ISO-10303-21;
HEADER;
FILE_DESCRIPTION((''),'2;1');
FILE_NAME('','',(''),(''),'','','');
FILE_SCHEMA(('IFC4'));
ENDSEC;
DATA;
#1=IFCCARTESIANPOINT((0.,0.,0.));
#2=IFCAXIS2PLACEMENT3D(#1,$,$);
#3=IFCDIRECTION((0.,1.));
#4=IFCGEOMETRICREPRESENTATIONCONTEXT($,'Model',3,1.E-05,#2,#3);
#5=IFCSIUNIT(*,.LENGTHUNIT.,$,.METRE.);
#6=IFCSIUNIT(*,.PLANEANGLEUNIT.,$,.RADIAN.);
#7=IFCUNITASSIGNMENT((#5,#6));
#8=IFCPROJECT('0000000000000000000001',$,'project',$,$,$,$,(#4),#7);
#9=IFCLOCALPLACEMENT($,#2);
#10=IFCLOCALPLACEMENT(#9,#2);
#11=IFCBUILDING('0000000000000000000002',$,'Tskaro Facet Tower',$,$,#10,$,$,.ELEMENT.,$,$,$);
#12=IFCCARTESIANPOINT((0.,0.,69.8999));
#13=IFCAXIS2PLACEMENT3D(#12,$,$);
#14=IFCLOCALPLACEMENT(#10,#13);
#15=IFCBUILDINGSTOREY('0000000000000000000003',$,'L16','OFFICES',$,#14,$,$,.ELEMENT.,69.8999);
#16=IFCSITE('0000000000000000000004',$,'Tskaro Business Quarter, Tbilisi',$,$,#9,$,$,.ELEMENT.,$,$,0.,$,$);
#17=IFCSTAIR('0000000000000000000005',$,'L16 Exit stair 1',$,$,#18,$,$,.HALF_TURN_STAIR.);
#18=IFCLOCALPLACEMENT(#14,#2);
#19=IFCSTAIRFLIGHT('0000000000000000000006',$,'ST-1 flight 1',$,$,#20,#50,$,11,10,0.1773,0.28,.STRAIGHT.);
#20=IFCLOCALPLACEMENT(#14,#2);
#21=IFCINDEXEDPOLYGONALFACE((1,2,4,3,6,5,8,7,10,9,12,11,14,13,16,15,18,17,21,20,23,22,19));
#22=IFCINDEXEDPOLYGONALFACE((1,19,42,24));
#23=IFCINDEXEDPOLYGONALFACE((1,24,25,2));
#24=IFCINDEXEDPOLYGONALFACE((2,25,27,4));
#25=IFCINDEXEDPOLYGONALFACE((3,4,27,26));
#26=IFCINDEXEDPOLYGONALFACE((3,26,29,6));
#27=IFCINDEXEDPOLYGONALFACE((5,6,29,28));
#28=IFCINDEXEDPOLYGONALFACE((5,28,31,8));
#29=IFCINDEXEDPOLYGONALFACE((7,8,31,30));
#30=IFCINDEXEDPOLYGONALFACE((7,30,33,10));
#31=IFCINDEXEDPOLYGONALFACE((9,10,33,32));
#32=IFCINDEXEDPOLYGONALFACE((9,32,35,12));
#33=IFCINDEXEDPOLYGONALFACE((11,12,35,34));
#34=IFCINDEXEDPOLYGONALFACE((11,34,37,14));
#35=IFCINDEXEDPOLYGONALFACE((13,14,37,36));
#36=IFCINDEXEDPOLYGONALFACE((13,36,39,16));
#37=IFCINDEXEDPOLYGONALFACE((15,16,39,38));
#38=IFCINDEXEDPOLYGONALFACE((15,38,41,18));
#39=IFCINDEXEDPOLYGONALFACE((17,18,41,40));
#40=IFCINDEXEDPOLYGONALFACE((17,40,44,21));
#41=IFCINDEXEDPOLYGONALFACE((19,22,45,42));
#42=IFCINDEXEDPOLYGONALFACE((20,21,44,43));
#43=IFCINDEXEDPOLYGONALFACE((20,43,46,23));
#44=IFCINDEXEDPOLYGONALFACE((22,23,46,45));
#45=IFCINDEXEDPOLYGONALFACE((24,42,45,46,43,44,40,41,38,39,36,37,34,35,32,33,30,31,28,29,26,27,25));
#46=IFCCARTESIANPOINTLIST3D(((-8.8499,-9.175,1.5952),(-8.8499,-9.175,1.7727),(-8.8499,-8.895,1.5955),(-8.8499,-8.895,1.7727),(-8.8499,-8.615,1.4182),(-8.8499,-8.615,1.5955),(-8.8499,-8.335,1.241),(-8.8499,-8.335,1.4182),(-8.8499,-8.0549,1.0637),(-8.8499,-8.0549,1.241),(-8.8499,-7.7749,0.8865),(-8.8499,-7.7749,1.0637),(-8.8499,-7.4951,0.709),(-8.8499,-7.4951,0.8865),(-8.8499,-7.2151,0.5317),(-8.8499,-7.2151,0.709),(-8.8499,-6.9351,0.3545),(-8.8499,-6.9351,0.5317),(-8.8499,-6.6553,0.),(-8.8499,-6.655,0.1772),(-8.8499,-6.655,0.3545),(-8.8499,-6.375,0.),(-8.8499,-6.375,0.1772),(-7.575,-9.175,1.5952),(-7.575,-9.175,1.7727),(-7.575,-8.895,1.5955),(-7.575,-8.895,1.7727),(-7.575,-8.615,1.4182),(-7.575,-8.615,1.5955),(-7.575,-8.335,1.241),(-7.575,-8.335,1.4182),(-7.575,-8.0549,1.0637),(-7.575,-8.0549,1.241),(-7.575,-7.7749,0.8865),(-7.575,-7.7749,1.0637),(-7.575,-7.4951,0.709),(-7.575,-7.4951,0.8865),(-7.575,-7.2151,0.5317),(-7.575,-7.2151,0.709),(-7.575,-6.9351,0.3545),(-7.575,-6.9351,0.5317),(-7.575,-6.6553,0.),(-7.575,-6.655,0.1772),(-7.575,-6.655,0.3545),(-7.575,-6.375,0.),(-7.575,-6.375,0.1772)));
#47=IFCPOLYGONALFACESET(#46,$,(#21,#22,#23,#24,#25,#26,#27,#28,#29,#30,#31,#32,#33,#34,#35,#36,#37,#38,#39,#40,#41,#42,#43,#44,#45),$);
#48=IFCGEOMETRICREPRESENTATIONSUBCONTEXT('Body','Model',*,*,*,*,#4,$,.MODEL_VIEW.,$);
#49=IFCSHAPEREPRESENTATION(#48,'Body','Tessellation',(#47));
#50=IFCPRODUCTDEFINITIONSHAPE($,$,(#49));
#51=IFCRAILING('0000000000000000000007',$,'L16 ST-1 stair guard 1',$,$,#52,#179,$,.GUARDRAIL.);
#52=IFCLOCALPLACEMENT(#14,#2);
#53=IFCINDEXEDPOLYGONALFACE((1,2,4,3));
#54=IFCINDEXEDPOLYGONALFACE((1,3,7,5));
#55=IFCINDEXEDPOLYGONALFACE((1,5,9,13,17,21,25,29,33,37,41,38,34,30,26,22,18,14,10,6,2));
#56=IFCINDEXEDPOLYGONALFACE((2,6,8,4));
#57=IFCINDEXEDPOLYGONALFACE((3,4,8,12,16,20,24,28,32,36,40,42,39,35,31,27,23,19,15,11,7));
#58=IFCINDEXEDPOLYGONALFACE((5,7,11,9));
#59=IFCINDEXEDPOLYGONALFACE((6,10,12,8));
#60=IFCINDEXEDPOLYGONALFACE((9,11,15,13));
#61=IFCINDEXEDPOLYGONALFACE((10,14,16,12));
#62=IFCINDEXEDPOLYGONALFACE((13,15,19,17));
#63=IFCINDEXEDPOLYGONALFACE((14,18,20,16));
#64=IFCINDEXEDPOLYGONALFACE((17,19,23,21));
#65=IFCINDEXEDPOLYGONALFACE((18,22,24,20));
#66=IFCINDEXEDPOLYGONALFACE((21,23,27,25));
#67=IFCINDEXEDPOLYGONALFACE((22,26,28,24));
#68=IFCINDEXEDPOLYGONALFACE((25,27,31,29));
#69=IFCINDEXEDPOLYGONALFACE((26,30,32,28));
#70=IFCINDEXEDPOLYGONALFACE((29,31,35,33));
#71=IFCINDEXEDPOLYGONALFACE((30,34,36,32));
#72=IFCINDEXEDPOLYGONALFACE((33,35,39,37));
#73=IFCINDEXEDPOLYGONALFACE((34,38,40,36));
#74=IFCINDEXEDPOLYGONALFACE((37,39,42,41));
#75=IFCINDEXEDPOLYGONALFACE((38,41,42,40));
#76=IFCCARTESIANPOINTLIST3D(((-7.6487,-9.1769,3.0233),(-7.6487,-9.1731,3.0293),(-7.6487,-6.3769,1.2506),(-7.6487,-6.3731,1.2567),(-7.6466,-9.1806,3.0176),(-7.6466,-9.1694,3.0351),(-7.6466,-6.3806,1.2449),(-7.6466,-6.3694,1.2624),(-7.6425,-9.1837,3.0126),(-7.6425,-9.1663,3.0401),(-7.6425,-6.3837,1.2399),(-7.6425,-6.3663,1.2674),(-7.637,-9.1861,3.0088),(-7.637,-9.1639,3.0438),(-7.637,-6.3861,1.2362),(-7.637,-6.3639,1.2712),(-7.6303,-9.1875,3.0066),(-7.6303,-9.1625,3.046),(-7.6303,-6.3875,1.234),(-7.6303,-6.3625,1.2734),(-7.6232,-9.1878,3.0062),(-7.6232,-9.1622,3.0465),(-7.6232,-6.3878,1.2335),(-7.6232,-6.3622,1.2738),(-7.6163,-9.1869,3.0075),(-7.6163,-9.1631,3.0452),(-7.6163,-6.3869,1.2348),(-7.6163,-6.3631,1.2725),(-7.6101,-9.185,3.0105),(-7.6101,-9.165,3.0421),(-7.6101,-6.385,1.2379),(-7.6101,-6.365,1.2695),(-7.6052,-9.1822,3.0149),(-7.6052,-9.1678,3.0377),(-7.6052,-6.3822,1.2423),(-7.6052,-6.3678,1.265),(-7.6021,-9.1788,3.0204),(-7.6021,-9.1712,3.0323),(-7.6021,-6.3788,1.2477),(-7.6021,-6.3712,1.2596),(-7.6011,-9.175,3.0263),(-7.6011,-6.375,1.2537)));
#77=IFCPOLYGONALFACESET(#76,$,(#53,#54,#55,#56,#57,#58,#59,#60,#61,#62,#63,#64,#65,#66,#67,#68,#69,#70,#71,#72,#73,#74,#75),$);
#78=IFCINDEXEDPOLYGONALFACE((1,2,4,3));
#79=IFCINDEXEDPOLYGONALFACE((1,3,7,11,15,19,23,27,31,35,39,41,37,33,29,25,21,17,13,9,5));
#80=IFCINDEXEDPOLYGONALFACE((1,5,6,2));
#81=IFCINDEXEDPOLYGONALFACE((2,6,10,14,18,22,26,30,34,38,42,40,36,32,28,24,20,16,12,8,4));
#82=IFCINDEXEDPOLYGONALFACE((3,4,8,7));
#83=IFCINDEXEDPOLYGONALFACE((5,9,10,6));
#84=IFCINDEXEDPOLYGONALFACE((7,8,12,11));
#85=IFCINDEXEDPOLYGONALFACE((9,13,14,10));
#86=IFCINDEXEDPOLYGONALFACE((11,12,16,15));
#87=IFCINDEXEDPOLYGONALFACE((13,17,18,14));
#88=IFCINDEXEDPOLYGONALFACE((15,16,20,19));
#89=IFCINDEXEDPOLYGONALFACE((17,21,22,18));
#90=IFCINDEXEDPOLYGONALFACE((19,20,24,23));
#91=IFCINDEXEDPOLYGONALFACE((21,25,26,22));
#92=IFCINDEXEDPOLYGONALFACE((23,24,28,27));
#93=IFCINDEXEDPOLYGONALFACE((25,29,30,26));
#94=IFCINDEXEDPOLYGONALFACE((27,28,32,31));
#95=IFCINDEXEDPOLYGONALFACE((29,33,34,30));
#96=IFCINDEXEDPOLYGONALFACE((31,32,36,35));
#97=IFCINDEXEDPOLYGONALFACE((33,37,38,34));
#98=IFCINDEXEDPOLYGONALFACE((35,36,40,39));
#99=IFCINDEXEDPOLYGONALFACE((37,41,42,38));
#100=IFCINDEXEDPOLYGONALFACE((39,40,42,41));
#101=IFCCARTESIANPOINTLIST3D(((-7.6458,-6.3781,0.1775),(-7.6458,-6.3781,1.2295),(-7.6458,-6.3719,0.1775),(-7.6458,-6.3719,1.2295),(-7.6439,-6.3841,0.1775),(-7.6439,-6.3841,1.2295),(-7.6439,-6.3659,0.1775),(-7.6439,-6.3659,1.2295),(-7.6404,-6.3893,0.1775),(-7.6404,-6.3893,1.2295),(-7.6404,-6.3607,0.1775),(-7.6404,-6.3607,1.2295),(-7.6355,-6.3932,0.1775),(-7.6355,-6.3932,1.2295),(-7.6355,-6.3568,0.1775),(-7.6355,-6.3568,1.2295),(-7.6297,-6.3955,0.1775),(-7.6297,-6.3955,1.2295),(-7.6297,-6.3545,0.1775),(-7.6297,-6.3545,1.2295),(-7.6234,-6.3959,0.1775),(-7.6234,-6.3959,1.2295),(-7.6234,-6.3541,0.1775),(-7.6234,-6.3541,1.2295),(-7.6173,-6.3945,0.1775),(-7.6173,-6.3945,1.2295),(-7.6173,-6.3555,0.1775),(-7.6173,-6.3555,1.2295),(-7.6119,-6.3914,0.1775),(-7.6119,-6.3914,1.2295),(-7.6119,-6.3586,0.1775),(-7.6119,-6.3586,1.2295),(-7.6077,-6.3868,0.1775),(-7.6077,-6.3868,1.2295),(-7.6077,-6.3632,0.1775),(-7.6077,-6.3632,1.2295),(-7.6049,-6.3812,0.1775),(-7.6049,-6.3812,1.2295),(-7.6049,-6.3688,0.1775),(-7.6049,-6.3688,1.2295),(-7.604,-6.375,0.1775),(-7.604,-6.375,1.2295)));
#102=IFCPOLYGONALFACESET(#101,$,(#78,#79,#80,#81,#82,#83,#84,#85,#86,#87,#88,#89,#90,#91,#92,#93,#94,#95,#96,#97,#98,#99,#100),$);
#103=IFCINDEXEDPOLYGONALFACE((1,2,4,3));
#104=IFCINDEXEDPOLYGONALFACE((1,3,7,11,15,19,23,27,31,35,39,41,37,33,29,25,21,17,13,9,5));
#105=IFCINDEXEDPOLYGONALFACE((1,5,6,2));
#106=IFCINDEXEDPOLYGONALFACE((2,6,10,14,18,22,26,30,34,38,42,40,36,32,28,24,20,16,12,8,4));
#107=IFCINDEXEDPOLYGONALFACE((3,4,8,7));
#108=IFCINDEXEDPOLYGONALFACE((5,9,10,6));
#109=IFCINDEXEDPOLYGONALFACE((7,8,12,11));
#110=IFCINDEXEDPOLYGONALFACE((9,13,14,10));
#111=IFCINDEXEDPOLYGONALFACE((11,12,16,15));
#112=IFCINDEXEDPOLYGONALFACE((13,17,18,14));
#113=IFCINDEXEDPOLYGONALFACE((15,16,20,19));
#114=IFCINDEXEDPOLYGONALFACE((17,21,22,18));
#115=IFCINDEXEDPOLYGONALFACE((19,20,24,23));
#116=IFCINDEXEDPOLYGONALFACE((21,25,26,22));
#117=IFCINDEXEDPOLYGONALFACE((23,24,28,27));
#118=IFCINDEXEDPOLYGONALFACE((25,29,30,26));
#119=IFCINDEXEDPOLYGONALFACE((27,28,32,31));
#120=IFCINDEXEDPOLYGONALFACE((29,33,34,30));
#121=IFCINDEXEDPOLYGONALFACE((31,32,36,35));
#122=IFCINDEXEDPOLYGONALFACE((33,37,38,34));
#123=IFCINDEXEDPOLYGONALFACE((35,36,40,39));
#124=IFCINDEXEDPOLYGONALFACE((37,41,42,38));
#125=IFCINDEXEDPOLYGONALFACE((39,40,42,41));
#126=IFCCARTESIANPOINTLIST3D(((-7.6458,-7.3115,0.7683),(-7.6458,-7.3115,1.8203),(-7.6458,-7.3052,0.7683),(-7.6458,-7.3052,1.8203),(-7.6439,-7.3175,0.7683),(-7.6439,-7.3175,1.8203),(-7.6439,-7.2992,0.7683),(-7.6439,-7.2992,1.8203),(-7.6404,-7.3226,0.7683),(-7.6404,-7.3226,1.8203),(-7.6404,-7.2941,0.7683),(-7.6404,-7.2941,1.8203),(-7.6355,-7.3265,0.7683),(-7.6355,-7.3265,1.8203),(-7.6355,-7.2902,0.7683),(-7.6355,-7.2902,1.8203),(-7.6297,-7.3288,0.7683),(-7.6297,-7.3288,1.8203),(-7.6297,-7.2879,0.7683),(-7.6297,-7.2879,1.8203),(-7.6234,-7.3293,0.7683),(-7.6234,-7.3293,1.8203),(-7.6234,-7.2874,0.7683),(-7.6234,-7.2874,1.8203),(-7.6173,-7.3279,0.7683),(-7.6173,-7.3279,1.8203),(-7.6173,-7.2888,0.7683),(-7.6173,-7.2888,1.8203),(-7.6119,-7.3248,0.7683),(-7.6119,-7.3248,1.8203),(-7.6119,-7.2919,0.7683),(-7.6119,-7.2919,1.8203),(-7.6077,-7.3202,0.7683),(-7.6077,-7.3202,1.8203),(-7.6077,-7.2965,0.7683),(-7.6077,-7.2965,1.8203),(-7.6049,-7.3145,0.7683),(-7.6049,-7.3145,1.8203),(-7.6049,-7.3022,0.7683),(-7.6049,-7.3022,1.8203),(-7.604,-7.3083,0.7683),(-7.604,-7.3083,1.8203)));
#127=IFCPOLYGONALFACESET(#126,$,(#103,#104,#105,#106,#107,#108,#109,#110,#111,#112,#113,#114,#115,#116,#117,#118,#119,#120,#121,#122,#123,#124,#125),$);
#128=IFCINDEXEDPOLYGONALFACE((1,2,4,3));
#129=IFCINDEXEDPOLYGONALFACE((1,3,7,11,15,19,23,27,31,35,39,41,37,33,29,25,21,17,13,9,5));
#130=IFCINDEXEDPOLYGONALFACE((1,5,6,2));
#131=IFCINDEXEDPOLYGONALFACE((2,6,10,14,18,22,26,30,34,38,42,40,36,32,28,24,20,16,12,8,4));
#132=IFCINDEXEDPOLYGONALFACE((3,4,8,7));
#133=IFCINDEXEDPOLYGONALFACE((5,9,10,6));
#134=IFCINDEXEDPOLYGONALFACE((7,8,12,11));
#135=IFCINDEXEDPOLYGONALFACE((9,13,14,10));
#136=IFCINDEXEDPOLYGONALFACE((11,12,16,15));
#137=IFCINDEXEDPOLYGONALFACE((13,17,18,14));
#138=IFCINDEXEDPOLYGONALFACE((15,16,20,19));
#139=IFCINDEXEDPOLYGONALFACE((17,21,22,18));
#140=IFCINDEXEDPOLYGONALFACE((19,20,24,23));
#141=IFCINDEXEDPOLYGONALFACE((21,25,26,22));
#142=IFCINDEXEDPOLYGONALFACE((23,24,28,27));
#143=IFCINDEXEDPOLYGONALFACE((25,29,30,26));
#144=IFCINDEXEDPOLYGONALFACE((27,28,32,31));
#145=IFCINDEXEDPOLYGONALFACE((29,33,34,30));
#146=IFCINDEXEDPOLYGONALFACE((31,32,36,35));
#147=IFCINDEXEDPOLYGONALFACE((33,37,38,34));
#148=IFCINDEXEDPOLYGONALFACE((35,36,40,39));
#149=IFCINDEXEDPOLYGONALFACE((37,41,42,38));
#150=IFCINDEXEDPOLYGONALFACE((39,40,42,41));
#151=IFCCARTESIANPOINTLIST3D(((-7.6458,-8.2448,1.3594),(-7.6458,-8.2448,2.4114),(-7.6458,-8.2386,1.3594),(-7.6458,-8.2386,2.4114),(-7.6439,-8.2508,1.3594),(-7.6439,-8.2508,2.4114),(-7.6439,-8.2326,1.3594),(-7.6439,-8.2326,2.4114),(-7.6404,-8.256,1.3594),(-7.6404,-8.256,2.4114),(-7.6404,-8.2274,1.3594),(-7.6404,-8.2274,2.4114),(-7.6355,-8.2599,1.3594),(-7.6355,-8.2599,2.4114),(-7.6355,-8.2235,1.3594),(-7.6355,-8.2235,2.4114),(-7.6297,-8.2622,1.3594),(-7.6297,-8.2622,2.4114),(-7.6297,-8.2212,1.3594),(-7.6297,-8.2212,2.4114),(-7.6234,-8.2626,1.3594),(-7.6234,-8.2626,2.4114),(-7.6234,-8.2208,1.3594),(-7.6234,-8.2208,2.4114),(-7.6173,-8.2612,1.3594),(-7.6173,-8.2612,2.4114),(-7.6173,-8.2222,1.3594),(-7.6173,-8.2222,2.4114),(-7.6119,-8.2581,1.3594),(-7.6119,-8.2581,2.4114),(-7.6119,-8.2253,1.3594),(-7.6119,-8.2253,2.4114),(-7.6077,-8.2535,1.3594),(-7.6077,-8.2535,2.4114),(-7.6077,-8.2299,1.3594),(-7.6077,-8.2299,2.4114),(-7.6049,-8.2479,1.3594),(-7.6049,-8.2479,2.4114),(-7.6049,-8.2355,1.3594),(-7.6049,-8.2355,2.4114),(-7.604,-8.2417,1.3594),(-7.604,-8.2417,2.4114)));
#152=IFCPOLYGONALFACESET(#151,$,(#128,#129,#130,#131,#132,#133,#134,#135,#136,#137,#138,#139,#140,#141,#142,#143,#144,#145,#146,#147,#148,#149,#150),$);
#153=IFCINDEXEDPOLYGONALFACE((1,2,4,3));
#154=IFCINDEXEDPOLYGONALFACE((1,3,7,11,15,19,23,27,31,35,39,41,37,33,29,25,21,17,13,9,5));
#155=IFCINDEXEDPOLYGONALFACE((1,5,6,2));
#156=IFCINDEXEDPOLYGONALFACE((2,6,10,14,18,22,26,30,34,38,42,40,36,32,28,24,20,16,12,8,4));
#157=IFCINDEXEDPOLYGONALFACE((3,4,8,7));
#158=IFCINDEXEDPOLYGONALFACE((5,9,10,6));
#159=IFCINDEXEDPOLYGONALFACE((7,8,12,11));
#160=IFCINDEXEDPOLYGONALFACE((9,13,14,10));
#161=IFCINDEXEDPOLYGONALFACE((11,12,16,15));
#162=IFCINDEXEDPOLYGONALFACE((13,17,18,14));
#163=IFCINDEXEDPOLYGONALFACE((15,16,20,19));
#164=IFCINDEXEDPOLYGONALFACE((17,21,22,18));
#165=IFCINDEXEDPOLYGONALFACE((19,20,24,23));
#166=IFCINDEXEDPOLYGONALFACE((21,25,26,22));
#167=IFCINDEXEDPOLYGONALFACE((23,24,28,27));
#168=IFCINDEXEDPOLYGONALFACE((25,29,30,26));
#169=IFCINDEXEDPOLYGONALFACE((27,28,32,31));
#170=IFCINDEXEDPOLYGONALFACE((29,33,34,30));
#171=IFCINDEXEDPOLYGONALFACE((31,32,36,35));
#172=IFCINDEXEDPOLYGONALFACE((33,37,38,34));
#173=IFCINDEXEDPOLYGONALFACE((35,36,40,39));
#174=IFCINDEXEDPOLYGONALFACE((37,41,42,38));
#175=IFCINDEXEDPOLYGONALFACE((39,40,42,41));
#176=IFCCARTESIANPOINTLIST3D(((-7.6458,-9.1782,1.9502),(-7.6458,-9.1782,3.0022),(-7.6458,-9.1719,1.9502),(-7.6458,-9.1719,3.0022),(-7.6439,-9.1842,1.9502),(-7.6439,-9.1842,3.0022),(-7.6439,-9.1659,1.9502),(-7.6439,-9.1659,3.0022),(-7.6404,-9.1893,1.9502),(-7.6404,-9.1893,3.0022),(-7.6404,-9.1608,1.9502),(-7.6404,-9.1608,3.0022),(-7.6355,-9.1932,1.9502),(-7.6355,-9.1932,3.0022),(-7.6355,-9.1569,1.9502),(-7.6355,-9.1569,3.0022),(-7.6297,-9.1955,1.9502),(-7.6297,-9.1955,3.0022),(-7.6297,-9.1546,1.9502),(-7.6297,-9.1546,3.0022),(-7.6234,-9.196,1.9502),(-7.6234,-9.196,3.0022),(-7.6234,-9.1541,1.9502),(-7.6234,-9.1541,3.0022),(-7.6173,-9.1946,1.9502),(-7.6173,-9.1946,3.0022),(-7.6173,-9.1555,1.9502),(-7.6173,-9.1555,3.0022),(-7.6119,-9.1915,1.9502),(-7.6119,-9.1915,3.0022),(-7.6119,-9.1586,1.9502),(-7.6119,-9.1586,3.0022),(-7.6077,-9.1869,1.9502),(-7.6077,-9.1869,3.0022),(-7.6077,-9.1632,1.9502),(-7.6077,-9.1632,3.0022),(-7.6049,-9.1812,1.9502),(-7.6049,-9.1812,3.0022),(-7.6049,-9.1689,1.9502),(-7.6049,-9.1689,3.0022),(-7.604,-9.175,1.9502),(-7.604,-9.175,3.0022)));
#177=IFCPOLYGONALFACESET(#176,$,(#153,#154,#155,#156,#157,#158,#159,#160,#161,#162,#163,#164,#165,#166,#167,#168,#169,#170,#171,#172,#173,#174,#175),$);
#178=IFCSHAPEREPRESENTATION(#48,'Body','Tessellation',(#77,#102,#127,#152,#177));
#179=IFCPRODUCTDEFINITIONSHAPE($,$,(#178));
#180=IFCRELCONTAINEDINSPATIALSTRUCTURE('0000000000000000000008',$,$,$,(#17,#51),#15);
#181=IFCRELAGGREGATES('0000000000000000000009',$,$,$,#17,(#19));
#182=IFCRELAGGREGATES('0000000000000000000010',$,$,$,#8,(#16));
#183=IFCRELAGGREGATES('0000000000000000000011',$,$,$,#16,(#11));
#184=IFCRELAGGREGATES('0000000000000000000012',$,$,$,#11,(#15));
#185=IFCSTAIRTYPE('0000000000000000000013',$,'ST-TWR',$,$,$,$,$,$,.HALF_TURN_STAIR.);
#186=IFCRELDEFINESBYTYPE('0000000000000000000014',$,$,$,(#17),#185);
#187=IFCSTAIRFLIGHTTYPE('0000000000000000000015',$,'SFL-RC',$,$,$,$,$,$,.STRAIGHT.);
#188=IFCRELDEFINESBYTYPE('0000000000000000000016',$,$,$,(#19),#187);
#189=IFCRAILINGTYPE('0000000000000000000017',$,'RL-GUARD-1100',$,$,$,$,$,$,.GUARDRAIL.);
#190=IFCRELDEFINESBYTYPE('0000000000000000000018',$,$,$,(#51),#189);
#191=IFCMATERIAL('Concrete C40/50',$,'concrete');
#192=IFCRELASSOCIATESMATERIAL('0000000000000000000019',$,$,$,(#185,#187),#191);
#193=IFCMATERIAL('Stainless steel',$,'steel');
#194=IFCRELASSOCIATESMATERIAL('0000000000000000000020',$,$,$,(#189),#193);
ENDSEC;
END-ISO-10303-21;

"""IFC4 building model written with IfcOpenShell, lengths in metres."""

from ifc_helpers import new_model, si_unit, direction, frame, origin, origin_2d, place, context, subcontext, project, spatial, polyline, circle, outline, extrude, material, type_object, element, aggregate, save


model = new_model("IFC4")

# Units and contexts
model_context = context("Model", 3, precision=1e-05, world=origin(), true_north=direction((0.0, 1.0)))
body_context = subcontext(model_context, "Body", "Model", "MODEL_VIEW")
ifc_project = project(units=[si_unit("LENGTHUNIT", "METRE"), si_unit("PLANEANGLEUNIT", "RADIAN")], contexts=[model_context])

# Site, building, storey
site_placement = place(None, origin())
site = spatial("IfcSite", under=ifc_project, at=site_placement, Name="Tskaro Business Quarter, Tbilisi", CompositionType="ELEMENT", RefElevation=0.0)
building_placement = place(site_placement, origin())
building = spatial("IfcBuilding", under=site, at=building_placement, Name="Tskaro Facet Tower", CompositionType="ELEMENT")
storey_placement = place(building_placement, frame((0.0, 0.0, 69.8999)))
storey = spatial("IfcBuildingStorey", under=building, at=storey_placement, Name="L16", Description="OFFICES", CompositionType="ELEMENT", Elevation=69.8999)

# Shared definitions
ifc_material_1 = material(Name="Stainless steel", Category="steel")

# Stair, stair flight
ifc_material_2 = material(Name="Concrete C40/50", Category="concrete")
stair_type = type_object("IfcStairType", Name="ST-TWR", PredefinedType="HALF_TURN_STAIR", material=ifc_material_2)
stair_placement = place(storey_placement, origin())
stair = element("IfcStair", 1, at=stair_placement, inside=storey, type_object=stair_type, Name="L16 Exit stair 1", PredefinedType="HALF_TURN_STAIR")
stair_flight_type = type_object("IfcStairFlightType", Name="SFL-RC", PredefinedType="STRAIGHT", material=ifc_material_2)
stair_flight_placement = place(storey_placement, frame((-8.2124, -6.375, 0.0), z_axis=(0.0, 0.0, 1.0), x_axis=(0.0, -1.0, 0.0)))
stair_flight = element("IfcStairFlight", 2, at=stair_flight_placement, type_object=stair_flight_type, Name="ST-1 flight 1", NumberOfRisers=11, NumberOfTreads=10, PredefinedType="STRAIGHT", RiserHeight=0.1773, TreadLength=0.28, context=body_context, shape_type="SweptSolid", body=[
    extrude(outline(polyline([(0.0, 0.0), (0.0, 0.1772), (0.28, 0.1772), (0.28, 0.3545), (0.5601, 0.3545), (0.5601, 0.5317), (0.8401, 0.5317), (0.8401, 0.709), (1.1201, 0.709), (1.1201, 0.8865), (1.3999, 0.8865), (1.3999, 1.0637), (1.6799, 1.0637), (1.6799, 1.241), (1.96, 1.241), (1.96, 1.4182), (2.24, 1.4182), (2.24, 1.5955), (2.52, 1.5955), (2.52, 1.7727), (2.8, 1.7727), (2.8, 1.95), (2.8, 1.5952), (0.2803, 0.0), (0.0, 0.0)])), frame((0.0, 0.6375, 0.0), z_axis=(0.0, -1.0, 0.0), x_axis=(1.0, 0.0, 0.0)), (0.0, 0.0, 1.0), 1.2749),
])
aggregate(stair, [stair_flight])

# Railing
railing_type_1 = type_object("IfcRailingType", Name="RL-GUARD-1100", PredefinedType="GUARDRAIL", material=ifc_material_1)
railing_1_placement = place(storey_placement, frame((-7.625, -6.375, 0.1775)))
element("IfcRailing", 3, at=railing_1_placement, inside=storey, type_object=railing_type_1, Name="L16 ST-1 stair guard 1", PredefinedType="GUARDRAIL", context=body_context, shape_type="SweptSolid", body=[
    extrude(circle(Radius=0.0239, at=origin_2d()), frame((0.0, 0.0, 1.0762), z_axis=(0.0, -0.844909, 0.53491), x_axis=(1.0, 0.0, 0.0)), (0.0, 0.0, 1.0), 3.314),
    extrude(circle(Radius=0.021, at=origin_2d()), origin(), (0.0, 0.0, 1.0), 1.052),
    extrude(circle(Radius=0.021, at=origin_2d()), frame((0.0, -0.9333, 0.5908)), (0.0, 0.0, 1.0), 1.052),
    extrude(circle(Radius=0.021, at=origin_2d()), frame((0.0, -1.8667, 1.1819)), (0.0, 0.0, 1.0), 1.052),
    extrude(circle(Radius=0.021, at=origin_2d()), frame((0.0, -2.8, 1.7727)), (0.0, 0.0, 1.0), 1.052),
])

save(model, "model.ifc")
